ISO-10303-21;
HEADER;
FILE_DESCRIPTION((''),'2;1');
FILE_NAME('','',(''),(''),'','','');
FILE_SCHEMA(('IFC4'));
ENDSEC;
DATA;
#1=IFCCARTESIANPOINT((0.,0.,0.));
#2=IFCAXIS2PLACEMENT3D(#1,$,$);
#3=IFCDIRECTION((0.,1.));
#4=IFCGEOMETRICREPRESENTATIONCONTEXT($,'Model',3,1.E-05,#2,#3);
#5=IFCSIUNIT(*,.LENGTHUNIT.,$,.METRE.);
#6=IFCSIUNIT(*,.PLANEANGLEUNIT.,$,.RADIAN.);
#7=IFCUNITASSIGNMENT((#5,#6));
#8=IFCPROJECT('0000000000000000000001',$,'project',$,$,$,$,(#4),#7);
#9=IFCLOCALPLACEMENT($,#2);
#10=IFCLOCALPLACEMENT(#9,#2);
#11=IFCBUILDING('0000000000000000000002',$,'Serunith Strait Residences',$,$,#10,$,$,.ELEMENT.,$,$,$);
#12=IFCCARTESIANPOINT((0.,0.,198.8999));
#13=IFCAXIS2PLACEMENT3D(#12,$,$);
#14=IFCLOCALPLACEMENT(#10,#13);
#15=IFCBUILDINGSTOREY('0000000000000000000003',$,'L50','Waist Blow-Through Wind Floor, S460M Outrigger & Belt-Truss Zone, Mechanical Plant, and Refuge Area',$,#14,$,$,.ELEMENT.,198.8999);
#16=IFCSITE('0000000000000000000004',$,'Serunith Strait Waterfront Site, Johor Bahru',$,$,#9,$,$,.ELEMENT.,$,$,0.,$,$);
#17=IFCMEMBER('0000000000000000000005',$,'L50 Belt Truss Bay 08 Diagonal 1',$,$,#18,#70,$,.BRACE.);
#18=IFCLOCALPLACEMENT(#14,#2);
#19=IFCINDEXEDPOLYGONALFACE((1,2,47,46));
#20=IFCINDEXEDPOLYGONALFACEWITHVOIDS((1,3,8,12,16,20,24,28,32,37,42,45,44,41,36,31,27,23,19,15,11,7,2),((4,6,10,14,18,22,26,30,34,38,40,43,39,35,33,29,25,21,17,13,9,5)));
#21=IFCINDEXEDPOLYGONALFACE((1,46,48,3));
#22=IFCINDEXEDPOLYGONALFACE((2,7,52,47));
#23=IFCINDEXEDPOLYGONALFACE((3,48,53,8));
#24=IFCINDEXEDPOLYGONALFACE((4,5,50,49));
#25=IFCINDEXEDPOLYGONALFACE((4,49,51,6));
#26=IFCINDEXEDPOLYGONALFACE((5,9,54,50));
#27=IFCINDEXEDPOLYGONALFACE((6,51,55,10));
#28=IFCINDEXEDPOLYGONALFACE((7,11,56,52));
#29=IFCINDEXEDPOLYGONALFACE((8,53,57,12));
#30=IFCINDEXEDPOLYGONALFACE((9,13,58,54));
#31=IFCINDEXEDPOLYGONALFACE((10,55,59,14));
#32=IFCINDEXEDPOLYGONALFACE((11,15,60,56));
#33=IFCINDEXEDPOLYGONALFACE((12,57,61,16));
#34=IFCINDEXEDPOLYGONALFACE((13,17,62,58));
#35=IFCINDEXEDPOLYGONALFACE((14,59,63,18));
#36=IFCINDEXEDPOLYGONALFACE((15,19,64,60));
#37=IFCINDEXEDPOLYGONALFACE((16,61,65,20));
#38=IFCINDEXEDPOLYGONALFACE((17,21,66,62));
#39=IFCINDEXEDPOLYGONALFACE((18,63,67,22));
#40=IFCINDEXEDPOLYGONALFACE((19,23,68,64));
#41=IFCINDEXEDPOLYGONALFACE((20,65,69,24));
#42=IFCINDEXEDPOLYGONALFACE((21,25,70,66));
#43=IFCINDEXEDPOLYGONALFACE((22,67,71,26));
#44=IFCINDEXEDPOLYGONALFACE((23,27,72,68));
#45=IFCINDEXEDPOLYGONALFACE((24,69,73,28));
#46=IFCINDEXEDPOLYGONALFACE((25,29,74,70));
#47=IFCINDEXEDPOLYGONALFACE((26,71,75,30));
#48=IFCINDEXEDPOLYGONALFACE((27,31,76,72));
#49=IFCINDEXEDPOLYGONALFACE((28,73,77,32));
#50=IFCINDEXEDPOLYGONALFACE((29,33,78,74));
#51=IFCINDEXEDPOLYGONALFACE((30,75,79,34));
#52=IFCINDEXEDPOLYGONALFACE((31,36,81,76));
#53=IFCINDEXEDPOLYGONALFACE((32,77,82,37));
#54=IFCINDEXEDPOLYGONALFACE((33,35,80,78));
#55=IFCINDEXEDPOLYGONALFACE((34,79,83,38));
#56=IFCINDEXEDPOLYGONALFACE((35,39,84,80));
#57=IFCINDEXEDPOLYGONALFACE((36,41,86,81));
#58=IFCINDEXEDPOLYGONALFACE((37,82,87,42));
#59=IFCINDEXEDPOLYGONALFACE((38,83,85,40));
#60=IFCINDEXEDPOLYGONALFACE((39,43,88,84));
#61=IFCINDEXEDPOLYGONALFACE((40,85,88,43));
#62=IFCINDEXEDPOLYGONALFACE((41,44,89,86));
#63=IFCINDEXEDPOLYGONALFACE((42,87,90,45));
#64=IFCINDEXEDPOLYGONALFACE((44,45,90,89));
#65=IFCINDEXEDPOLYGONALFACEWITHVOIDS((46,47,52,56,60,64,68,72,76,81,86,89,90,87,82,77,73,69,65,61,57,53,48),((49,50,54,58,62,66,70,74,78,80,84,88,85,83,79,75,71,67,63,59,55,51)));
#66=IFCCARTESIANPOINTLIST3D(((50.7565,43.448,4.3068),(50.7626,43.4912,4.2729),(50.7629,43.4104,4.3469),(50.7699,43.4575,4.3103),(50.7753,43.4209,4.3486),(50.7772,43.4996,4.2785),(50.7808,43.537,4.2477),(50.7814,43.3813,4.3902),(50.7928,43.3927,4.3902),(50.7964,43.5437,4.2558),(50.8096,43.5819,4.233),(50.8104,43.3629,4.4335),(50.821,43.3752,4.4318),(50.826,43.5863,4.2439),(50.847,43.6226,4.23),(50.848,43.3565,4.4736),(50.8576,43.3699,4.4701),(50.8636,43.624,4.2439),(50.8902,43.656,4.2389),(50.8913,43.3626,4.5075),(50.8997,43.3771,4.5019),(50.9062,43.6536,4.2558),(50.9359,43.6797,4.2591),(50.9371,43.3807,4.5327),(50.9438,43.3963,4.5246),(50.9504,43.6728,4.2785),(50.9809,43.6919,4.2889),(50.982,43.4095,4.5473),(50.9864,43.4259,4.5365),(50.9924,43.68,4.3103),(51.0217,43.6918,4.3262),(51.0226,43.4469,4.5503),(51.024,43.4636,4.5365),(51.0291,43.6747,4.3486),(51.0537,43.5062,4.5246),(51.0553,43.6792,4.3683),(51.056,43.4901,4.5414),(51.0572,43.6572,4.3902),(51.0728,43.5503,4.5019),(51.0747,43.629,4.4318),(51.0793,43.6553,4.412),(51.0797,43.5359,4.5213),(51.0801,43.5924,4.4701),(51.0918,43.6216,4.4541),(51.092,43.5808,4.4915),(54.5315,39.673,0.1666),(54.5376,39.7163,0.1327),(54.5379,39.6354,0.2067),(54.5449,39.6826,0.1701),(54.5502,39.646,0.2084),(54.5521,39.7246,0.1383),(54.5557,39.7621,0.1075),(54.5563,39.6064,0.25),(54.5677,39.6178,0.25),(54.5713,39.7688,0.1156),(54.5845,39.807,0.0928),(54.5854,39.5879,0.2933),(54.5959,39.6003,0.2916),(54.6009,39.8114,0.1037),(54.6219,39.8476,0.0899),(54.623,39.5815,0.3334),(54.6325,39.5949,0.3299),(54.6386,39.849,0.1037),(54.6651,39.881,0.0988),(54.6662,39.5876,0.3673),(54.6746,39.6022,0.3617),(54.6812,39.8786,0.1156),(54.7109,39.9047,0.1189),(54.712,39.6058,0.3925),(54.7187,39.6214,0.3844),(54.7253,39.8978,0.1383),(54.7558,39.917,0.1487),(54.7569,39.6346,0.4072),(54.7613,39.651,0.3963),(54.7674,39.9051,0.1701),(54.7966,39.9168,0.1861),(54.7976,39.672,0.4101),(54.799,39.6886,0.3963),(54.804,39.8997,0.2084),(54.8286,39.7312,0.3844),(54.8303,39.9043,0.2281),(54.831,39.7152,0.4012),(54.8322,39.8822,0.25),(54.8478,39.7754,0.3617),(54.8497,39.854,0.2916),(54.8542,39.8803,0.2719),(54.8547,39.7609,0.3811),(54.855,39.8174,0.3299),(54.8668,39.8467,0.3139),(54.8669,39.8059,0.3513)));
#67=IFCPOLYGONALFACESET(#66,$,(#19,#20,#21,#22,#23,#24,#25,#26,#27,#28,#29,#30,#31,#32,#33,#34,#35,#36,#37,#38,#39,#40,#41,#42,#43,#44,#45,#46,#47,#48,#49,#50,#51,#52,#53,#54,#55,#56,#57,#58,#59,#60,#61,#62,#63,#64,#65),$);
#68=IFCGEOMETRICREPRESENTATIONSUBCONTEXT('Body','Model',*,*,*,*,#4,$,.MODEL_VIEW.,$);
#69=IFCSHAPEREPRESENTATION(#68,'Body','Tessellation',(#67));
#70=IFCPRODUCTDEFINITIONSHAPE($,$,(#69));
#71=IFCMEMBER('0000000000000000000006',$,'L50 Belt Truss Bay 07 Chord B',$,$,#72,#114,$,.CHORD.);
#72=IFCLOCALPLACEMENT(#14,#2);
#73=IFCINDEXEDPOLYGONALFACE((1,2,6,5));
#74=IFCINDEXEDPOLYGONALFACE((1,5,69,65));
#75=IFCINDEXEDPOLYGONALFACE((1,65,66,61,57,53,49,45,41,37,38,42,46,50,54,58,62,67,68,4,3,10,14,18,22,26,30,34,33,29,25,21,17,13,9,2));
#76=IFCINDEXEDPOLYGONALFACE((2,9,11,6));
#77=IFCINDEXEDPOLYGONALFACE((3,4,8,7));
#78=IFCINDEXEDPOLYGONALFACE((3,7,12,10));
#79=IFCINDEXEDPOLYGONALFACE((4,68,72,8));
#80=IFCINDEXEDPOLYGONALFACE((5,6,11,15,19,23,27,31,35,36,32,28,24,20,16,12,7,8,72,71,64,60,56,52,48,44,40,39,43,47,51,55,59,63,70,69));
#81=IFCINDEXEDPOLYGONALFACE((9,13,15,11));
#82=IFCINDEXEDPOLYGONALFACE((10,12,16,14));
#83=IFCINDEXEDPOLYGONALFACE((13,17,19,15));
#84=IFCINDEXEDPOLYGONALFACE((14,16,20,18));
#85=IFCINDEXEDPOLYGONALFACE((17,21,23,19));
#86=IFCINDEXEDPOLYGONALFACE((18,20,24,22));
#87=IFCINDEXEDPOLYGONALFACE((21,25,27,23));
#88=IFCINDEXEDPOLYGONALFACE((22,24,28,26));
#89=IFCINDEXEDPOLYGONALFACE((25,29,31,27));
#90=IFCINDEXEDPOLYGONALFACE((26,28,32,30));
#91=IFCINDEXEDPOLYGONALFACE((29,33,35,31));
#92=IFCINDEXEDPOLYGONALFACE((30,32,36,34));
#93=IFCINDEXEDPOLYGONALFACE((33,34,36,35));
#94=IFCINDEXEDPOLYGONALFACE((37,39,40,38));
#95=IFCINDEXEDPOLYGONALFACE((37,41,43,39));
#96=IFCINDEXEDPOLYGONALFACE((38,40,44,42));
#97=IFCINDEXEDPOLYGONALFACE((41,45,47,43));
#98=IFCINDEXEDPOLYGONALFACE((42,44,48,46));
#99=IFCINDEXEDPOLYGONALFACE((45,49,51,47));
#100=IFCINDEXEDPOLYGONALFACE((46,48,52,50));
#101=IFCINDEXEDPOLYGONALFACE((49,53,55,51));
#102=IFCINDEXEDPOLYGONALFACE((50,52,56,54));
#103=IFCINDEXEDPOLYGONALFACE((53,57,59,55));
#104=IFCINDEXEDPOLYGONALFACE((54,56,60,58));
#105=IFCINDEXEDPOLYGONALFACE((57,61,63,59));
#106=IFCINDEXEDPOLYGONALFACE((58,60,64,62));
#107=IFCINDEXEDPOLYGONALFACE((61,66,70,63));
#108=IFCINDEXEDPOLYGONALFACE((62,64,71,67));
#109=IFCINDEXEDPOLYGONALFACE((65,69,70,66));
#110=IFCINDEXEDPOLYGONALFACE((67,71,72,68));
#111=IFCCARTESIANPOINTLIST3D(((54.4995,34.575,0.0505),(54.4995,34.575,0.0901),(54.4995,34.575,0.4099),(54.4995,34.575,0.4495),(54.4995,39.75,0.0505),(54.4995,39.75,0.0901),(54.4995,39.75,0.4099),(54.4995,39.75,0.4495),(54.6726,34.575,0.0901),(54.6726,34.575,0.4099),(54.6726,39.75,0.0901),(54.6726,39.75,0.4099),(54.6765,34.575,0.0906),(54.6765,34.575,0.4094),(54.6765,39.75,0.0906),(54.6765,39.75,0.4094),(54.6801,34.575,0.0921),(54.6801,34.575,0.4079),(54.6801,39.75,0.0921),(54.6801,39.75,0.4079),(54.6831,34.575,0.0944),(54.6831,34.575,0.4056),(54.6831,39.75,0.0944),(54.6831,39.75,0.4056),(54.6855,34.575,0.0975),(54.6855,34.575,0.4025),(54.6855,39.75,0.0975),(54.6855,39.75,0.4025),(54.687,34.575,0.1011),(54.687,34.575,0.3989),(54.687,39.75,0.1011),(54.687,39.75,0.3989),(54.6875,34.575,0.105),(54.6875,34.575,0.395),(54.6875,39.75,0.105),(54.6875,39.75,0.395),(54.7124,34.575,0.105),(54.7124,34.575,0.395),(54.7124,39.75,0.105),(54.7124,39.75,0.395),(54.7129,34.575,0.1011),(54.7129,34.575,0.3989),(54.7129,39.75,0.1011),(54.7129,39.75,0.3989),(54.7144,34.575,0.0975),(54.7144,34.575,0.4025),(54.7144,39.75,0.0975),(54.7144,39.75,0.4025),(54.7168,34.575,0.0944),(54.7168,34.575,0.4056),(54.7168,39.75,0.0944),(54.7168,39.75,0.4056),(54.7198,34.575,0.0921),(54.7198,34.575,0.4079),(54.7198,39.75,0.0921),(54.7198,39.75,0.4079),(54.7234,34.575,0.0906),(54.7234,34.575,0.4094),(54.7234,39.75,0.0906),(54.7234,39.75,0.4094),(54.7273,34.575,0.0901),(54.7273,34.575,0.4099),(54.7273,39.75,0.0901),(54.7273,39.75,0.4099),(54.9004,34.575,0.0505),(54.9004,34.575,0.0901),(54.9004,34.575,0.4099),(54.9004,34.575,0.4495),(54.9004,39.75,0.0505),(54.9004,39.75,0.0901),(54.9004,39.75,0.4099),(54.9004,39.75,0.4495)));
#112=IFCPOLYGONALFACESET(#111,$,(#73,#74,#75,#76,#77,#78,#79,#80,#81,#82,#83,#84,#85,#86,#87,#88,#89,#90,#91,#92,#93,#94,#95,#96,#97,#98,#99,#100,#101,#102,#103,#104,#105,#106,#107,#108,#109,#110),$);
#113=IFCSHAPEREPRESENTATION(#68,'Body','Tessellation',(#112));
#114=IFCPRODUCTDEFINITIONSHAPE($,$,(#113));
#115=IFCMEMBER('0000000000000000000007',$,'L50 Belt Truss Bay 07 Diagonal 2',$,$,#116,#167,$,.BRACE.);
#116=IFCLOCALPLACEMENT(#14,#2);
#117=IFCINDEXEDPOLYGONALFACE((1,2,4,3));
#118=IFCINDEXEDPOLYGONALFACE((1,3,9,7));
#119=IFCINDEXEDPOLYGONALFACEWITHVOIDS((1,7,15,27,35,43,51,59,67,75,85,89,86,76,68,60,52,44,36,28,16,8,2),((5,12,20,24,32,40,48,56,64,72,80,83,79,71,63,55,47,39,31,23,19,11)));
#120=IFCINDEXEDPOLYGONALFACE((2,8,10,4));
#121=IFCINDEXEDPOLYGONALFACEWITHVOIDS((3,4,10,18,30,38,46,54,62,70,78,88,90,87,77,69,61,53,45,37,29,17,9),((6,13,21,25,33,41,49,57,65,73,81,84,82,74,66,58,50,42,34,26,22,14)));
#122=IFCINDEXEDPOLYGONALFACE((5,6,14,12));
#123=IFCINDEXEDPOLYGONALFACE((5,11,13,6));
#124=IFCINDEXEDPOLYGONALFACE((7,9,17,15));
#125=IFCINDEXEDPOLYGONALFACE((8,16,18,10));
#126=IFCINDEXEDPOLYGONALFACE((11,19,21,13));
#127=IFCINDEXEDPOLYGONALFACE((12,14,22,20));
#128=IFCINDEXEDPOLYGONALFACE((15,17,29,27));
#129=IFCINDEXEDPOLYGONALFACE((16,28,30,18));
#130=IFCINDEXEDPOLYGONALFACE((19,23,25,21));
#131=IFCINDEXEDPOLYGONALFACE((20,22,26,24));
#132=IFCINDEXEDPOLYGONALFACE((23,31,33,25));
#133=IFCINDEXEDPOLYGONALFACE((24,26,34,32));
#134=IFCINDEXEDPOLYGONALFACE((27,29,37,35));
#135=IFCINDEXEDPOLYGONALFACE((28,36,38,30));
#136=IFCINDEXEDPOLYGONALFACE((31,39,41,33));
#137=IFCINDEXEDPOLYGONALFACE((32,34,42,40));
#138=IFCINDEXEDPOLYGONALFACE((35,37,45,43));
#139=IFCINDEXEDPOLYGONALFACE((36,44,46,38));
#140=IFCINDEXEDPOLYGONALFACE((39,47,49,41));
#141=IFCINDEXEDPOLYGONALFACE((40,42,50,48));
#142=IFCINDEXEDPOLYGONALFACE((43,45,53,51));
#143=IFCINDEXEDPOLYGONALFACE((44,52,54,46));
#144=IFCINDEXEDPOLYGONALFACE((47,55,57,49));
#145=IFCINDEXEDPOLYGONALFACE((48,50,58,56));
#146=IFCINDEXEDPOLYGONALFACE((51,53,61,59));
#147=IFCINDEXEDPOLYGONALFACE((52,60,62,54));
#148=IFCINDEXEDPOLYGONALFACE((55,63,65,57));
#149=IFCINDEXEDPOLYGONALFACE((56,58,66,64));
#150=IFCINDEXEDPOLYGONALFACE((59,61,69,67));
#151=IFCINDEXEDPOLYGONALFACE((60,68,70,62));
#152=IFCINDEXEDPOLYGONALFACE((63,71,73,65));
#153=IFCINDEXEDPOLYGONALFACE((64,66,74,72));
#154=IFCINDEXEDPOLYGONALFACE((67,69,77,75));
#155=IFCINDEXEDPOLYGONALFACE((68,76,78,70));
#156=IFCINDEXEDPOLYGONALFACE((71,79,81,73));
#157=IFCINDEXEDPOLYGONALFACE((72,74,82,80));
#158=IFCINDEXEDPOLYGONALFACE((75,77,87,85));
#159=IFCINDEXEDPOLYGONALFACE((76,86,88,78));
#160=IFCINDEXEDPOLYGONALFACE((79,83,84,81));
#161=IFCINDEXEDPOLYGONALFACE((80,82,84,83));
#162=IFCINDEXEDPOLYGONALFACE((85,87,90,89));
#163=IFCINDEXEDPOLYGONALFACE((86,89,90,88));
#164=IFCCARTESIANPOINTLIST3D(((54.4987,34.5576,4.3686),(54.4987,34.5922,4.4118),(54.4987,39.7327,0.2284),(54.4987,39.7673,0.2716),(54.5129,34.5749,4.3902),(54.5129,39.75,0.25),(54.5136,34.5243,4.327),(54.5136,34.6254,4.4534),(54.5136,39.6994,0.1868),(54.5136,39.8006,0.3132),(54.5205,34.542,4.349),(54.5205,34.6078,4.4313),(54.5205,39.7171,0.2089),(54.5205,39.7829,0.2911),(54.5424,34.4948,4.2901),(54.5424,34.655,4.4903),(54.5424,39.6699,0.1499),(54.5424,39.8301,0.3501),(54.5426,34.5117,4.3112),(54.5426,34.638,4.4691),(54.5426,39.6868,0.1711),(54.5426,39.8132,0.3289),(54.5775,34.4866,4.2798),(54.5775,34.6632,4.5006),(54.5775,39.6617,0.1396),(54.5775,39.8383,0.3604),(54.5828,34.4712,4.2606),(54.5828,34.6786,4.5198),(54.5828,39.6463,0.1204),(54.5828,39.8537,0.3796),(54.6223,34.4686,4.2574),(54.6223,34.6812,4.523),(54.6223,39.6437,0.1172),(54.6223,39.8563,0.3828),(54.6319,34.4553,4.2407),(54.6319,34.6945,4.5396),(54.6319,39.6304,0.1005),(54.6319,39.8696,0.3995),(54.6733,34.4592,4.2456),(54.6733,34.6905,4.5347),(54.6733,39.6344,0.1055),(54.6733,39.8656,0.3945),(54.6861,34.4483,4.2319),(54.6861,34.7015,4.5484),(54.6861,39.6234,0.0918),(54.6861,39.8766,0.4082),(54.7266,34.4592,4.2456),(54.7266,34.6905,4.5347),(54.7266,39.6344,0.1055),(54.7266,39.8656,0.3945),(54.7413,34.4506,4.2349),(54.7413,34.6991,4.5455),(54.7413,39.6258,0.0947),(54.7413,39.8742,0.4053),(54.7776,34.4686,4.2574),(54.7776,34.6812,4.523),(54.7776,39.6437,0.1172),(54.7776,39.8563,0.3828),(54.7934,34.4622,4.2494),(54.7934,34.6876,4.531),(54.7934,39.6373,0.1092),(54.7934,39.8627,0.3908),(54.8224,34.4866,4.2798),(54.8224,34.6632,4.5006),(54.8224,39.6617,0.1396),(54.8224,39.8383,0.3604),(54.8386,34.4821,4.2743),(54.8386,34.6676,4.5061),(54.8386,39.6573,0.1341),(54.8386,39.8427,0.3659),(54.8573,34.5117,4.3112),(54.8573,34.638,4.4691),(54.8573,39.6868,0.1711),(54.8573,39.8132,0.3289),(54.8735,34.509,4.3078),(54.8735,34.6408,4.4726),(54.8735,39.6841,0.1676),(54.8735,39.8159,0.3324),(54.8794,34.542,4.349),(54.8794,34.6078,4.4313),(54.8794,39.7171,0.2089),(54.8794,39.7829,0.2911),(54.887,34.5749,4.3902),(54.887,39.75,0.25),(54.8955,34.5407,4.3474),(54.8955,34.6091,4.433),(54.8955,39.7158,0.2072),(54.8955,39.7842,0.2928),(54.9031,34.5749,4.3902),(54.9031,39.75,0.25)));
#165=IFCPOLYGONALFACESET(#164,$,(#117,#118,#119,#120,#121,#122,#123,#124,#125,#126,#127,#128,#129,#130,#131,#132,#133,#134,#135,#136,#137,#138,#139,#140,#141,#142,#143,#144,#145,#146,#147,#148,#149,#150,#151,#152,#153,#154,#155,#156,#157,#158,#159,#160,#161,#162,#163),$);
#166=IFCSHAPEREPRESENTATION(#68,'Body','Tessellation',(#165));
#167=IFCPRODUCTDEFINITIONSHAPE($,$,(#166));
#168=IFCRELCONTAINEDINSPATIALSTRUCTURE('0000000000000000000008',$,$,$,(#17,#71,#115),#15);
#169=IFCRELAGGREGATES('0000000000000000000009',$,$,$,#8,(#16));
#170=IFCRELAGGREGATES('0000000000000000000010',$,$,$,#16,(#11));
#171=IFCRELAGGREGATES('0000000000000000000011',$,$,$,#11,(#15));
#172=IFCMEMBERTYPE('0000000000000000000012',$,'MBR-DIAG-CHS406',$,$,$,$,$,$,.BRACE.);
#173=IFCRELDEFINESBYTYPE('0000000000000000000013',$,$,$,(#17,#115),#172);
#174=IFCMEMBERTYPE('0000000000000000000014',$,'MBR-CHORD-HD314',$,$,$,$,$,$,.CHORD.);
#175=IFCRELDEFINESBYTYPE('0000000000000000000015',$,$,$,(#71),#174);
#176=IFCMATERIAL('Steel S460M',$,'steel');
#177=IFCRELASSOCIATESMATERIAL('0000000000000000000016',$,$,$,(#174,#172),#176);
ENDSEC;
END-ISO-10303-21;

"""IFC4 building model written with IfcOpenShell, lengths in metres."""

from ifc_helpers import new_model, si_unit, direction, frame, origin, origin_2d, place, context, subcontext, project, spatial, hollow_circle, i_section, extrude, source, transform, mapped, material, material_profile, profile_set, type_object, element, save


model = new_model("IFC4")

# Units and contexts
model_context = context("Model", 3, precision=1e-05, world=origin(), true_north=direction((0.0, 1.0)))
body_context = subcontext(model_context, "Body", "Model", "MODEL_VIEW")
ifc_project = project(units=[si_unit("LENGTHUNIT", "METRE"), si_unit("PLANEANGLEUNIT", "RADIAN")], contexts=[model_context])

# Site, building, storey
site_placement = place(None, origin())
site = spatial("IfcSite", under=ifc_project, at=site_placement, Name="Serunith Strait Waterfront Site, Johor Bahru", CompositionType="ELEMENT", RefElevation=0.0)
building_placement = place(site_placement, origin())
building = spatial("IfcBuilding", under=site, at=building_placement, Name="Serunith Strait Residences", CompositionType="ELEMENT")
storey_placement = place(building_placement, frame((0.0, 0.0, 198.8999)))
storey = spatial("IfcBuildingStorey", under=building, at=storey_placement, Name="L50", Description="Waist Blow-Through Wind Floor, S460M Outrigger & Belt-Truss Zone, Mechanical Plant, and Refuge Area", CompositionType="ELEMENT", Elevation=198.8999)

# Members
ifc_material_1 = material(Name="Steel S460M", Category="steel")
ifc_material_profile_1 = material_profile(ifc_material_1, i_section(OverallWidth=0.4009, OverallDepth=0.3989, WebThickness=0.0249, FlangeThickness=0.0396, FilletRadius=0.0149, at=origin_2d()), Name="HD 400x314")
ifc_profile_set_1 = profile_set([ifc_material_profile_1], Name="Steel S460M")
member_type_1 = type_object("IfcMemberType", Name="MBR-CHORD-HD314", PredefinedType="CHORD", material=ifc_profile_set_1)
ifc_material_profile_2 = material_profile(ifc_material_1, hollow_circle(Radius=0.2031, WallThickness=0.0161, at=origin_2d()), Name="CHS 406.4x16")
ifc_profile_set_2 = profile_set([ifc_material_profile_2], Name="Steel S460M")
member_type_2 = type_object("IfcMemberType", Name="MBR-DIAG-CHS406", PredefinedType="BRACE", material=ifc_profile_set_2)
shared_shape_1 = source(origin(), body_context, "Body", "SweptSolid", [
    extrude(hollow_circle(Radius=0.2031, WallThickness=0.0161, at=origin_2d()), origin(), (0.0, 0.0, 1.0), 6.7559),
])
member_1_placement = place(storey_placement, frame((54.7, 39.75, 0.25), z_axis=(-0.558767, 0.558767, 0.612829), x_axis=(-0.707107, -0.707107, 0.0)))
element("IfcMember", 1, at=member_1_placement, inside=storey, type_object=member_type_2, Name="L50 Belt Truss Bay 08 Diagonal 1", PredefinedType="BRACE", context=body_context, shape_type="MappedRepresentation", body=[
    mapped(shared_shape_1, transform((0.0, 0.0, 0.0), scale=1.0)),
])
shared_shape_2 = source(origin(), body_context, "Body", "SweptSolid", [
    extrude(i_section(OverallWidth=0.4009, OverallDepth=0.3989, WebThickness=0.0249, FlangeThickness=0.0396, FilletRadius=0.0149, at=origin_2d()), origin(), (0.0, 0.0, 1.0), 5.175),
])
member_2_placement = place(storey_placement, frame((54.7, 34.575, 0.25), z_axis=(0.0, 1.0, 0.0), x_axis=(-1.0, 0.0, 0.0)))
element("IfcMember", 2, at=member_2_placement, inside=storey, type_object=member_type_1, Name="L50 Belt Truss Bay 07 Chord B", PredefinedType="CHORD", context=body_context, shape_type="MappedRepresentation", body=[
    mapped(shared_shape_2, transform((0.0, 0.0, 0.0), scale=1.0)),
])
shared_shape_3 = source(origin(), body_context, "Body", "SweptSolid", [
    extrude(hollow_circle(Radius=0.2031, WallThickness=0.0161, at=origin_2d()), origin(), (0.0, 0.0, 1.0), 6.6274),
])
member_3_placement = place(storey_placement, frame((54.7, 39.75, 0.25), z_axis=(0.0, -0.780862, 0.624704), x_axis=(1.0, 0.0, 0.0)))
element("IfcMember", 3, at=member_3_placement, inside=storey, type_object=member_type_2, Name="L50 Belt Truss Bay 07 Diagonal 2", PredefinedType="BRACE", context=body_context, shape_type="MappedRepresentation", body=[
    mapped(shared_shape_3, transform((0.0, 0.0, 0.0), scale=1.0)),
])

save(model, "model.ifc")
